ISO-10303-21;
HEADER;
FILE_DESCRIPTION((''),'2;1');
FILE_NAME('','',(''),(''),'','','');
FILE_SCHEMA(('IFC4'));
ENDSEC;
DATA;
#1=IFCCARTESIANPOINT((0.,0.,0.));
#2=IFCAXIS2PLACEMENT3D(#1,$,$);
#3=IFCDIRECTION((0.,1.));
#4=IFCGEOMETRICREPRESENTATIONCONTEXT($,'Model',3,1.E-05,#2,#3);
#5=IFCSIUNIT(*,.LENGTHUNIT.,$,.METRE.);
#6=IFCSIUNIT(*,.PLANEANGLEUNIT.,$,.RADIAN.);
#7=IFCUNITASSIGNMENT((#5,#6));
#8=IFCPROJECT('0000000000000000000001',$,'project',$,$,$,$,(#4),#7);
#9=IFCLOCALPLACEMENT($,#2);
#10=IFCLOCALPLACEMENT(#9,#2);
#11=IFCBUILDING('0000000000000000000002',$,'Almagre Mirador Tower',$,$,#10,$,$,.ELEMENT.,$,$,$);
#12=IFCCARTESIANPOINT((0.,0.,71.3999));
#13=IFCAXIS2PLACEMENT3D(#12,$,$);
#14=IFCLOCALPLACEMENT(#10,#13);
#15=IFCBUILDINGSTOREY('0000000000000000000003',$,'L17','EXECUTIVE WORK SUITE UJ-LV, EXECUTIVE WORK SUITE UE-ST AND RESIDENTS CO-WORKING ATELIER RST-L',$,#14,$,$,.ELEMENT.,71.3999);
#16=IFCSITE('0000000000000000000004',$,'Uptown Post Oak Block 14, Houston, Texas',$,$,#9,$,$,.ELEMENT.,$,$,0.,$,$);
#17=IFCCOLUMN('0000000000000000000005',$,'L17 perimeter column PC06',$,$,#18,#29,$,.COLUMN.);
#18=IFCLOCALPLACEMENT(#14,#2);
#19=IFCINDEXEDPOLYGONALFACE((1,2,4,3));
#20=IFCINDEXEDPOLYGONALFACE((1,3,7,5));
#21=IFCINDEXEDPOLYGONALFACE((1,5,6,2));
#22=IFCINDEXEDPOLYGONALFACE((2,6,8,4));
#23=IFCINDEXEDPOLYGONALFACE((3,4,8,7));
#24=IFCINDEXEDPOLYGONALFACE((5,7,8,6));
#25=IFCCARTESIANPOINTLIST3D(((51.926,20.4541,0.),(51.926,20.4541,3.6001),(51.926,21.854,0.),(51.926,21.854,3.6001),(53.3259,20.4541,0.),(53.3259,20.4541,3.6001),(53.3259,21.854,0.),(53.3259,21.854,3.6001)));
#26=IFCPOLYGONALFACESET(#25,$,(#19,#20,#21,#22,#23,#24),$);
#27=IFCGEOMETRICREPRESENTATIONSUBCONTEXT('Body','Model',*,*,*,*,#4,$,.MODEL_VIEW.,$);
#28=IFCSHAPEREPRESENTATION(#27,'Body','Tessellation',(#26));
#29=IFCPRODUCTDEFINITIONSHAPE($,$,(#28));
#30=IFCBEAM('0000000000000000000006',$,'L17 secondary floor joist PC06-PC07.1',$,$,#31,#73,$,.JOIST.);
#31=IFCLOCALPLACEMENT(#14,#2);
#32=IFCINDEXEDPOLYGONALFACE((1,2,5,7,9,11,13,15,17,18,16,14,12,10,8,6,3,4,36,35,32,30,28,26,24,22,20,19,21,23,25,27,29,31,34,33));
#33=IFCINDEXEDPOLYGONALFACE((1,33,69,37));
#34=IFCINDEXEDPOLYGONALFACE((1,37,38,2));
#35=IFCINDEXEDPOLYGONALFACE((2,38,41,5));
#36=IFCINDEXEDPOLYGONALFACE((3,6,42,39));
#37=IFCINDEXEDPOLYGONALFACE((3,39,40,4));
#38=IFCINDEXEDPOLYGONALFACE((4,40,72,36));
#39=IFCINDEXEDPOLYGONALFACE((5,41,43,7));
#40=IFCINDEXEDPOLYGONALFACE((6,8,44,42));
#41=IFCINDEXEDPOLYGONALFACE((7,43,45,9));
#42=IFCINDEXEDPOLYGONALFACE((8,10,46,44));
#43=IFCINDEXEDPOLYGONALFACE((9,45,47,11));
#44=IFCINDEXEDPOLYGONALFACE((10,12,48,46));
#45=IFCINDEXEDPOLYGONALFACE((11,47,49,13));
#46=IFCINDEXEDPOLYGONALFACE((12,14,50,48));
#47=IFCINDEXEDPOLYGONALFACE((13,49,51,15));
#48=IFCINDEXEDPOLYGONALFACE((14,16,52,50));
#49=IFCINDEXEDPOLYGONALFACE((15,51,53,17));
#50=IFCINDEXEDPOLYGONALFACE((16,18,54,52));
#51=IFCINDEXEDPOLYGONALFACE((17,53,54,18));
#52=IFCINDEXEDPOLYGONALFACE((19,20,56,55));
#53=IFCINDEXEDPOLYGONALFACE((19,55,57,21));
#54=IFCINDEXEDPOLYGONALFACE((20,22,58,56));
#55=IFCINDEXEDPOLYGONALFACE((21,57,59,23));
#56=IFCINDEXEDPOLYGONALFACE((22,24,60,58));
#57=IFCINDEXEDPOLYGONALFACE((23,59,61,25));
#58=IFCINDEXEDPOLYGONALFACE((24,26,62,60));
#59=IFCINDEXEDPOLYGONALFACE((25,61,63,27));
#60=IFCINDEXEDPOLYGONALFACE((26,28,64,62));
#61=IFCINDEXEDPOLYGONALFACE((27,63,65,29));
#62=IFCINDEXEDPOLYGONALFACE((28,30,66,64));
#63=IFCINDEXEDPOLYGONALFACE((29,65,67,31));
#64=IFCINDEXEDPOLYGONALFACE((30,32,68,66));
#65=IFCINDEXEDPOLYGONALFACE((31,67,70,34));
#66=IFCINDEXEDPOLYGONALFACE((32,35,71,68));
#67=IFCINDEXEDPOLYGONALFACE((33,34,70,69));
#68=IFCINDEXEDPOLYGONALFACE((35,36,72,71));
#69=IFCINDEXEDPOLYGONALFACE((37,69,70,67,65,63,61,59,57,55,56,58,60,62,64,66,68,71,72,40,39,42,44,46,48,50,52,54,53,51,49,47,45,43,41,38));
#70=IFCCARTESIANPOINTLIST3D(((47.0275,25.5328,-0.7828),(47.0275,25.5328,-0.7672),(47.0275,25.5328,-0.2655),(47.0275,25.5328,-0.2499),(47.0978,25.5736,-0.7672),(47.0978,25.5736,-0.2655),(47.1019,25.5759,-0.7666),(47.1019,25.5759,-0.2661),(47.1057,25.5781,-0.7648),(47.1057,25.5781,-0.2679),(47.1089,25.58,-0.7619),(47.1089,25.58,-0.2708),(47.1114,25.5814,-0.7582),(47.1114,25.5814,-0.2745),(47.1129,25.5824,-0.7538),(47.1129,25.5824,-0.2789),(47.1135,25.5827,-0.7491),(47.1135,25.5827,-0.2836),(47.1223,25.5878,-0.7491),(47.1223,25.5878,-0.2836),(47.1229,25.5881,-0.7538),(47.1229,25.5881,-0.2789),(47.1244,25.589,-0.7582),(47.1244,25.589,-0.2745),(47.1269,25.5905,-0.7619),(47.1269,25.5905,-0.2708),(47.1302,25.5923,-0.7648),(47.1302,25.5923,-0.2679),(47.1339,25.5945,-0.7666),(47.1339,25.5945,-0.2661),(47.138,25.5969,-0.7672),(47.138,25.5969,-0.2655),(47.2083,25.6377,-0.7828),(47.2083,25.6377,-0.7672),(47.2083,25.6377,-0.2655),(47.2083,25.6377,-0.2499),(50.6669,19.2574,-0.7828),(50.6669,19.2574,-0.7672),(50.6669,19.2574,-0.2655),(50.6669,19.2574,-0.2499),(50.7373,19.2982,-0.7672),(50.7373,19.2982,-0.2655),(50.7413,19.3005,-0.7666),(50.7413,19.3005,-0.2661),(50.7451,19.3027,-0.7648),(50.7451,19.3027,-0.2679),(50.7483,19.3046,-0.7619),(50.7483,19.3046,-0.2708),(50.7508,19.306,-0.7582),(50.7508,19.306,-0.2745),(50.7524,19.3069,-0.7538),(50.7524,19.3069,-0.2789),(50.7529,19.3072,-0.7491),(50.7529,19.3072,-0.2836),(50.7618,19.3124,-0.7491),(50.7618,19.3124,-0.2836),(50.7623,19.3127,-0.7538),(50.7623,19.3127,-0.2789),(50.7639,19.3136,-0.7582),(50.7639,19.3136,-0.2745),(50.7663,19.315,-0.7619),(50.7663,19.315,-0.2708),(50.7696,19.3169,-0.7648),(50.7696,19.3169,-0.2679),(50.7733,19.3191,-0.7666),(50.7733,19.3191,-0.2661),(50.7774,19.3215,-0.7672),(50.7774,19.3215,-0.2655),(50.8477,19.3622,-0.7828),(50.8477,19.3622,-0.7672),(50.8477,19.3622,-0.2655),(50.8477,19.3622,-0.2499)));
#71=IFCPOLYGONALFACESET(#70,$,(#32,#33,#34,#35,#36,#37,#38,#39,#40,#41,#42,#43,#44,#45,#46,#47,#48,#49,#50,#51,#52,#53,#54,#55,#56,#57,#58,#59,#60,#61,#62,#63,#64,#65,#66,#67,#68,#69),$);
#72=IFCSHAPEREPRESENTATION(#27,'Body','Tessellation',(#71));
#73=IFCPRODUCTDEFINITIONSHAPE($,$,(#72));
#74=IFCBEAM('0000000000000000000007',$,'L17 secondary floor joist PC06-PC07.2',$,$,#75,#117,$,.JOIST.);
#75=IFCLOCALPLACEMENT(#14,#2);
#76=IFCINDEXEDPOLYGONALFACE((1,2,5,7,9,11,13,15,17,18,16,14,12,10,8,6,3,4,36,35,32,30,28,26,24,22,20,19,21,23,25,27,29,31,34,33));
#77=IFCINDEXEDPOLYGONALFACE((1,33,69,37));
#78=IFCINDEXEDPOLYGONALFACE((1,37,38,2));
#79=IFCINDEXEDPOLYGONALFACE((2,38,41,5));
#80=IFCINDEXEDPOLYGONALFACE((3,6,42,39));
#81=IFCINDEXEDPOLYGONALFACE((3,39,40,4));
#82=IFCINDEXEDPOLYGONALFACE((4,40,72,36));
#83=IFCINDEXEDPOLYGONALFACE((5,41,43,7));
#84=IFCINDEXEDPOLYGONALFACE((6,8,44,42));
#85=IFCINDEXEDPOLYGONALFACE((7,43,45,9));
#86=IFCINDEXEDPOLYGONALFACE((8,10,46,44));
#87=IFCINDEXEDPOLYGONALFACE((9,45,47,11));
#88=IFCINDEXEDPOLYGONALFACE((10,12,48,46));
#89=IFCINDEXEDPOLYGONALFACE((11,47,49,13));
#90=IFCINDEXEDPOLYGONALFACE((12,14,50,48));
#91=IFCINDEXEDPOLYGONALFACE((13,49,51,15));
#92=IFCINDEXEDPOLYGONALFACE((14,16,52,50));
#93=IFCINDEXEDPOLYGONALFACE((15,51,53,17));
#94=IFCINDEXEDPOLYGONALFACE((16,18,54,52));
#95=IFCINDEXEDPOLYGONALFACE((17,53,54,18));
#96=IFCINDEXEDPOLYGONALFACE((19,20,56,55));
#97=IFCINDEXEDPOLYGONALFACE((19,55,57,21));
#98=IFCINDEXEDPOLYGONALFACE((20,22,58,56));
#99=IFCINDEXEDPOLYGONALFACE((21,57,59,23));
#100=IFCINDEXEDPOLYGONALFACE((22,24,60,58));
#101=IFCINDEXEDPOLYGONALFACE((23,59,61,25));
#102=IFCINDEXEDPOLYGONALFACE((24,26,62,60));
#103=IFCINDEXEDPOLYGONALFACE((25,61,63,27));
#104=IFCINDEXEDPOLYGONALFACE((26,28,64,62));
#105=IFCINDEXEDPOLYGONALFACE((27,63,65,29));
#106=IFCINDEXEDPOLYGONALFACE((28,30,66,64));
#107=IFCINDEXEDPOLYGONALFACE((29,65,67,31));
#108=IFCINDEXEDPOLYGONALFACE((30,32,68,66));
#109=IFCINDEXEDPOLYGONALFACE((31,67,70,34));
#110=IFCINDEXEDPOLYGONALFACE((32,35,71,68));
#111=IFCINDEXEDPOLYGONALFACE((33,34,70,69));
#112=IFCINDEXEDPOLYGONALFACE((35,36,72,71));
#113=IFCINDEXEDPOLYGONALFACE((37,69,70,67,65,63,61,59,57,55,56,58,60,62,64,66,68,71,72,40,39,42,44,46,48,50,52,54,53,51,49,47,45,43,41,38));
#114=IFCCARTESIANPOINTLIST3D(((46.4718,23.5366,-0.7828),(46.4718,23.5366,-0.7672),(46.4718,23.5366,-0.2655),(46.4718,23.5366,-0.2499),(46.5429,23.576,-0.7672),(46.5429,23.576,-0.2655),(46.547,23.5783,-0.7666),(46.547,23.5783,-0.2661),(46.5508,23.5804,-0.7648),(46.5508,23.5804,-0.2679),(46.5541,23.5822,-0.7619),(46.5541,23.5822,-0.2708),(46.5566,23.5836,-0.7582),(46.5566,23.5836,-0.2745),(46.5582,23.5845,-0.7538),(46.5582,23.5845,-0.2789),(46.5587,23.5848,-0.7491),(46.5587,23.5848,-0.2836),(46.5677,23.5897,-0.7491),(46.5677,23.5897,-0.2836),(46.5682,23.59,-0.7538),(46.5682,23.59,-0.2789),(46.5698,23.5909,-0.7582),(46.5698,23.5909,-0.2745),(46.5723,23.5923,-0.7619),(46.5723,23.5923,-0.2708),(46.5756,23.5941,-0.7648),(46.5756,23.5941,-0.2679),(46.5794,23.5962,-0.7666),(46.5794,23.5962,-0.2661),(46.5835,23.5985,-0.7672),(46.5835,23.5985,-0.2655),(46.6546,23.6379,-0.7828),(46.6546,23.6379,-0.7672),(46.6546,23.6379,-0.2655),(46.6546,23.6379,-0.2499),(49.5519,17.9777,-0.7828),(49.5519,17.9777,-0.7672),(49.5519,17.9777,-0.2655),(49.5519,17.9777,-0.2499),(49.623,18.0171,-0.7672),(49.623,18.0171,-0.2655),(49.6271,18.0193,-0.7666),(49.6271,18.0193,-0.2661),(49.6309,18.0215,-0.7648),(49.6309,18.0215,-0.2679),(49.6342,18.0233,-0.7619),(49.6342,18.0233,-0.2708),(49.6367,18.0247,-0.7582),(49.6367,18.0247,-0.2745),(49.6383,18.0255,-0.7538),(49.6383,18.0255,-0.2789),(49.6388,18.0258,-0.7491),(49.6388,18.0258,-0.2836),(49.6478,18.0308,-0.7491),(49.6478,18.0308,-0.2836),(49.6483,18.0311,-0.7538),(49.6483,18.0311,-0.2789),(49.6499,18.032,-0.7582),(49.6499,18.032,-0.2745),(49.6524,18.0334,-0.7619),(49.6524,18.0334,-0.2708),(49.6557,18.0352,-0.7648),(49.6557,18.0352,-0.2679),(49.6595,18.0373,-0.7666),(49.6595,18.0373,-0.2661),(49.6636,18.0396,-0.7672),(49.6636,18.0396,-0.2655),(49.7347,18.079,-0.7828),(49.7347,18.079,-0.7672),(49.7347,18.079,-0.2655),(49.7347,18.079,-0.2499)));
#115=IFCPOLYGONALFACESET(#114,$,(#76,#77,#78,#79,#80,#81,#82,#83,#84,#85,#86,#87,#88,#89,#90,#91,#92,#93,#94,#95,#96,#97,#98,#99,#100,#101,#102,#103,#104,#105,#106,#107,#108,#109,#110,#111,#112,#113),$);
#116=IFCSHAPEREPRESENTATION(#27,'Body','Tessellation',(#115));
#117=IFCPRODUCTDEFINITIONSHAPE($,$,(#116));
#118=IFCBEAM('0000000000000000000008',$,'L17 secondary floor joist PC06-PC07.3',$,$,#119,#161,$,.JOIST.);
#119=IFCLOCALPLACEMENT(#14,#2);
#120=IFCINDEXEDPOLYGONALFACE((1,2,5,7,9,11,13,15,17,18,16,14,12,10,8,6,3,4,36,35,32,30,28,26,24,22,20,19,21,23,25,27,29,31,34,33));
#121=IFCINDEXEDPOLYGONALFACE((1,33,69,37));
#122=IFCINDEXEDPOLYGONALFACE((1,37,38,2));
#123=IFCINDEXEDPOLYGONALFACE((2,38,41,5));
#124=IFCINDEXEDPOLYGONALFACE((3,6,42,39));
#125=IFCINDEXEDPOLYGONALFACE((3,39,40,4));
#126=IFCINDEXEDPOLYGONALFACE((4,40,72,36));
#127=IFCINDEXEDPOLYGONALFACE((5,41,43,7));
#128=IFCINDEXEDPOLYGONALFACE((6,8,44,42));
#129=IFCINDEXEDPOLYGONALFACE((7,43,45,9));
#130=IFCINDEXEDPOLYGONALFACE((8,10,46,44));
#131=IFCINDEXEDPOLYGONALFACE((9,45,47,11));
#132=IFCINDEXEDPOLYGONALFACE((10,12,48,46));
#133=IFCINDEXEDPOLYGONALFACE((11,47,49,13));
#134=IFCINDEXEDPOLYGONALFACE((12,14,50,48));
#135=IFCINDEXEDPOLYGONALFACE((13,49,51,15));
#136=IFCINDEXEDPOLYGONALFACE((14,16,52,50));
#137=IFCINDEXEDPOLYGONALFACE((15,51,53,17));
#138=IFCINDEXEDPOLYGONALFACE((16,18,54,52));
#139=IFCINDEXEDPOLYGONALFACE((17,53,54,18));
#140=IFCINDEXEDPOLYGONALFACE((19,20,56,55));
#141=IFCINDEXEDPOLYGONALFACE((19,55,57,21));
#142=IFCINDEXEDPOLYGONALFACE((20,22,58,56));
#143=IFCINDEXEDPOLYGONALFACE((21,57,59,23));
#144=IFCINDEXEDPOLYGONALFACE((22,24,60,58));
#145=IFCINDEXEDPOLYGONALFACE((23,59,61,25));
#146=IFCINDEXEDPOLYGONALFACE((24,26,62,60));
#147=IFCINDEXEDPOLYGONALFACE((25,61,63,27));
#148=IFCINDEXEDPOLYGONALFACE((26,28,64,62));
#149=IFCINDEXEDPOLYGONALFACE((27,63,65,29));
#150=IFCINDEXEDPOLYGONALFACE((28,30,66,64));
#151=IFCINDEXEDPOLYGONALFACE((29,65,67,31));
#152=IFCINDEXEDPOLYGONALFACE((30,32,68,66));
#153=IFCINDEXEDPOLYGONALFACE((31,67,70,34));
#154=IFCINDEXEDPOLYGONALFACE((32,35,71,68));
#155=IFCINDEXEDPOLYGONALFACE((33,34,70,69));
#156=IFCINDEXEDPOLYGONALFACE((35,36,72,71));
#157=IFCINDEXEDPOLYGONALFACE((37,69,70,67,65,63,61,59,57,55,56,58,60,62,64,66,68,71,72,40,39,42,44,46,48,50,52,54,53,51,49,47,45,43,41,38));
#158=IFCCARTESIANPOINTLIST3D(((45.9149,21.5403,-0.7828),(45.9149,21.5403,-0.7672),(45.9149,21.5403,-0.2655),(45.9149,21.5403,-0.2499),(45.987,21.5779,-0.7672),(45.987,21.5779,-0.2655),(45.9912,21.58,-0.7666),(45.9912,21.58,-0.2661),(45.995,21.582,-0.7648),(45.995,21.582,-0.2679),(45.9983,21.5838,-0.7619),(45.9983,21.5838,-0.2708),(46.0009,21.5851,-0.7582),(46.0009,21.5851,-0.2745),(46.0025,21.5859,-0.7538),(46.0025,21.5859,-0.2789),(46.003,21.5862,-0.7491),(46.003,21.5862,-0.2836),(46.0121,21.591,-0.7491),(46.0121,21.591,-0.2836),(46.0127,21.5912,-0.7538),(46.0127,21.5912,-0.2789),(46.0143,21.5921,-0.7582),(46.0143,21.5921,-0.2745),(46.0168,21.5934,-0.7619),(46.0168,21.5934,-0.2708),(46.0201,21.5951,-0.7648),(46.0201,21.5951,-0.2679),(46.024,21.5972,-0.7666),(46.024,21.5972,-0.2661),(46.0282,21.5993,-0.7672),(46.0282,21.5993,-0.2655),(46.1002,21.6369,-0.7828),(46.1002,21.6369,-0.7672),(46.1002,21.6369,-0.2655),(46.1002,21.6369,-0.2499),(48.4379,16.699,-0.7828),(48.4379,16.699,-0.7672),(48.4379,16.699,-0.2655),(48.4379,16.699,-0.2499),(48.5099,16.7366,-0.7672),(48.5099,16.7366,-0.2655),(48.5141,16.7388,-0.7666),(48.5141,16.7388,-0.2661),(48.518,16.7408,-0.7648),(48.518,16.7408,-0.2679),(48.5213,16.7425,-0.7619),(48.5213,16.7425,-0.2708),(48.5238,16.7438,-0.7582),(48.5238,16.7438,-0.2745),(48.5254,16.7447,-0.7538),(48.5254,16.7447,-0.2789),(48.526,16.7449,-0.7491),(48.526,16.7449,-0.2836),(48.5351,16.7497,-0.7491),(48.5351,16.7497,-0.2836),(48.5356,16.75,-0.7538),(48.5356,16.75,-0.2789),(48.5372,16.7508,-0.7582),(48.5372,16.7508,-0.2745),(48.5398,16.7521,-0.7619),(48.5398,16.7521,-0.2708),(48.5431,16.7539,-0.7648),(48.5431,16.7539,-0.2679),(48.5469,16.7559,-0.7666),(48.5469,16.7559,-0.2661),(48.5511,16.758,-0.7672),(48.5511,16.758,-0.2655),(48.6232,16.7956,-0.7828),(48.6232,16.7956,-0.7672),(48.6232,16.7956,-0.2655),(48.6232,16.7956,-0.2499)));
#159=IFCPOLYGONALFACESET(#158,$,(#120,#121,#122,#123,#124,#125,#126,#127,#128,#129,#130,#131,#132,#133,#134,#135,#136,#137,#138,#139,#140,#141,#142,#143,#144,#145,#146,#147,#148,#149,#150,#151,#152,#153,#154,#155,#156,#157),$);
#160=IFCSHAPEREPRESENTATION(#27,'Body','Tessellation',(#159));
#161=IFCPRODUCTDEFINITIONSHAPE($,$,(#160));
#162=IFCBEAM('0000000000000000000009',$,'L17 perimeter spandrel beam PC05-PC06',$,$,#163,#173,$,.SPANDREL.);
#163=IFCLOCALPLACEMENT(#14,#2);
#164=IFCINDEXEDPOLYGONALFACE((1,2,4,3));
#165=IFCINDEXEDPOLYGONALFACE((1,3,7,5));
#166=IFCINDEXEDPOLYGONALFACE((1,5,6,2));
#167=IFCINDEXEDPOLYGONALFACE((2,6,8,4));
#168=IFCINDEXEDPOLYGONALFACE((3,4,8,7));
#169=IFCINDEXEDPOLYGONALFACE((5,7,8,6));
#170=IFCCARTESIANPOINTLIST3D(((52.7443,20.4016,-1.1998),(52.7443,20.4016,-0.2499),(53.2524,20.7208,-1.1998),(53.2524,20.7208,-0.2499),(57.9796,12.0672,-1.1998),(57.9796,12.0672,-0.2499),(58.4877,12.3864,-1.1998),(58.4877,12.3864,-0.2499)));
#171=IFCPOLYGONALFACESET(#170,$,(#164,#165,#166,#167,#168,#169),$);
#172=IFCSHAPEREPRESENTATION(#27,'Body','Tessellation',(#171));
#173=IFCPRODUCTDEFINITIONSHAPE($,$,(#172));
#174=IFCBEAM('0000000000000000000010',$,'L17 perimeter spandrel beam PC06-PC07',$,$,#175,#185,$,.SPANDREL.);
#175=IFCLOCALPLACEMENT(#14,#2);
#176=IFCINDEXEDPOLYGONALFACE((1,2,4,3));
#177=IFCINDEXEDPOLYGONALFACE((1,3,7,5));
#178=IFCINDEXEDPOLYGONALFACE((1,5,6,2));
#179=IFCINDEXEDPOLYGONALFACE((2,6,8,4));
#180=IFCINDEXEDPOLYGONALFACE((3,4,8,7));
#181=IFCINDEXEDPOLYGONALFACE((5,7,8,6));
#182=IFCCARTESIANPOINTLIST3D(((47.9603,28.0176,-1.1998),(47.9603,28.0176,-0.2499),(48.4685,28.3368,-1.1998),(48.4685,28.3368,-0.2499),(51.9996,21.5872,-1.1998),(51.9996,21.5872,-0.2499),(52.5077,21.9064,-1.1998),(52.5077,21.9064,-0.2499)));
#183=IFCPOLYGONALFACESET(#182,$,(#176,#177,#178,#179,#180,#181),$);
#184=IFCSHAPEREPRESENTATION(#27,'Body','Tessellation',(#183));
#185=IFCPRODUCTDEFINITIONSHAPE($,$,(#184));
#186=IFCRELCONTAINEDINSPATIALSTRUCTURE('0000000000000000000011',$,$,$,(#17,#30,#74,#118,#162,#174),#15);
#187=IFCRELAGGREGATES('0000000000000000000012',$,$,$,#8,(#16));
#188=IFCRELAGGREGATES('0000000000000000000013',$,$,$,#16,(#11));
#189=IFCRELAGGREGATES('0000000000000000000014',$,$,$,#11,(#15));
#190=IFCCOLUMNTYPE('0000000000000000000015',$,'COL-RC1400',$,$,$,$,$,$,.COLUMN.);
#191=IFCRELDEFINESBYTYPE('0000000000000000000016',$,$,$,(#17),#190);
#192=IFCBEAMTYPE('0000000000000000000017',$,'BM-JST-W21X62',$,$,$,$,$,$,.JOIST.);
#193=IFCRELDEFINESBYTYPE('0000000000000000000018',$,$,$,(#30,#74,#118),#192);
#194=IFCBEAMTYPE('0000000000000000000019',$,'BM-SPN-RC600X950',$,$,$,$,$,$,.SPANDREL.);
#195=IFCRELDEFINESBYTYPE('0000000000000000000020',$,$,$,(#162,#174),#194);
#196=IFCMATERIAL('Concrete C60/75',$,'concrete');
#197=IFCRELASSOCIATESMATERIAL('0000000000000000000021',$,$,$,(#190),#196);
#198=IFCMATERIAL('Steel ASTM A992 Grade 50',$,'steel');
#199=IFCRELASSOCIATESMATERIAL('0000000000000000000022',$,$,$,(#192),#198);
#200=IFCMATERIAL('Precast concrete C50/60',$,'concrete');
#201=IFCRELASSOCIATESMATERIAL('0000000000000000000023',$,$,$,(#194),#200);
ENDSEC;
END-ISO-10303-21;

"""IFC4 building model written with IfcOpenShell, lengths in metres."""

from ifc_helpers import new_model, si_unit, direction, frame, origin, origin_2d, place, context, subcontext, project, spatial, rectangle, i_section, extrude, material, material_profile, profile_set, type_object, element, save


model = new_model("IFC4")

# Units and contexts
model_context = context("Model", 3, precision=1e-05, world=origin(), true_north=direction((0.0, 1.0)))
body_context = subcontext(model_context, "Body", "Model", "MODEL_VIEW")
ifc_project = project(units=[si_unit("LENGTHUNIT", "METRE"), si_unit("PLANEANGLEUNIT", "RADIAN")], contexts=[model_context])

# Site, building, storey
site_placement = place(None, origin())
site = spatial("IfcSite", under=ifc_project, at=site_placement, Name="Uptown Post Oak Block 14, Houston, Texas", CompositionType="ELEMENT", RefElevation=0.0)
building_placement = place(site_placement, origin())
building = spatial("IfcBuilding", under=site, at=building_placement, Name="Almagre Mirador Tower", CompositionType="ELEMENT")
storey_placement = place(building_placement, frame((0.0, 0.0, 71.3999)))
storey = spatial("IfcBuildingStorey", under=building, at=storey_placement, Name="L17", Description="EXECUTIVE WORK SUITE UJ-LV, EXECUTIVE WORK SUITE UE-ST AND RESIDENTS CO-WORKING ATELIER RST-L", CompositionType="ELEMENT", Elevation=71.3999)

# Column
ifc_material_1 = material(Name="Concrete C60/75", Category="concrete")
ifc_material_profile_1 = material_profile(ifc_material_1, rectangle(XDim=1.3999, YDim=1.3999, at=origin_2d()), Name="RC1400X1400")
ifc_profile_set_1 = profile_set([ifc_material_profile_1], Name="Concrete C60/75")
column_type = type_object("IfcColumnType", Name="COL-RC1400", PredefinedType="COLUMN", material=ifc_profile_set_1)
column_placement = place(storey_placement, frame((52.626, 21.1541, 0.0), z_axis=(0.0, 0.0, 1.0), x_axis=(1.0, 0.0, 0.0)))
element("IfcColumn", 1, at=column_placement, inside=storey, type_object=column_type, Name="L17 perimeter column PC06", PredefinedType="COLUMN", context=body_context, shape_type="SweptSolid", body=[
    extrude(rectangle(XDim=1.3999, YDim=1.3999, at=origin_2d()), origin(), (0.0, 0.0, 1.0), 3.6001),
])

# Beams
ifc_material_2 = material(Name="Steel ASTM A992 Grade 50", Category="steel")
ifc_material_profile_2 = material_profile(ifc_material_2, i_section(OverallWidth=0.209, OverallDepth=0.533, WebThickness=0.0103, FlangeThickness=0.0156, FilletRadius=0.0181, at=origin_2d()), Name="W21X62")
ifc_profile_set_2 = profile_set([ifc_material_profile_2], Name="Steel ASTM A992 Grade 50")
beam_type_1 = type_object("IfcBeamType", Name="BM-JST-W21X62", PredefinedType="JOIST", material=ifc_profile_set_2)
beam_1_placement = place(storey_placement, frame((50.7573, 19.3098, -0.5164), z_axis=(-0.501685, 0.86505, 0.0), x_axis=(-0.86505, -0.501685, 0.0)))
element("IfcBeam", 2, at=beam_1_placement, inside=storey, type_object=beam_type_1, Name="L17 secondary floor joist PC06-PC07.1", PredefinedType="JOIST", context=body_context, shape_type="SweptSolid", body=[
    extrude(i_section(OverallWidth=0.209, OverallDepth=0.533, WebThickness=0.0103, FlangeThickness=0.0156, FilletRadius=0.0181, at=origin_2d()), origin(), (0.0, 0.0, 1.0), 7.2544),
])
beam_2_placement = place(storey_placement, frame((49.6433, 18.0283, -0.5164), z_axis=(-0.484661, 0.874702, 0.0), x_axis=(-0.874702, -0.484661, 0.0)))
element("IfcBeam", 3, at=beam_2_placement, inside=storey, type_object=beam_type_1, Name="L17 secondary floor joist PC06-PC07.2", PredefinedType="JOIST", context=body_context, shape_type="SweptSolid", body=[
    extrude(i_section(OverallWidth=0.209, OverallDepth=0.533, WebThickness=0.0103, FlangeThickness=0.0156, FilletRadius=0.0181, at=origin_2d()), origin(), (0.0, 0.0, 1.0), 6.3552),
])
beam_3_placement = place(storey_placement, frame((48.5305, 16.7473, -0.5164), z_axis=(-0.462141, 0.886806, 0.0), x_axis=(-0.886806, -0.462141, 0.0)))
element("IfcBeam", 4, at=beam_3_placement, inside=storey, type_object=beam_type_1, Name="L17 secondary floor joist PC06-PC07.3", PredefinedType="JOIST", context=body_context, shape_type="SweptSolid", body=[
    extrude(i_section(OverallWidth=0.209, OverallDepth=0.533, WebThickness=0.0103, FlangeThickness=0.0156, FilletRadius=0.0181, at=origin_2d()), origin(), (0.0, 0.0, 1.0), 5.4592),
])
ifc_material_3 = material(Name="Precast concrete C50/60", Category="concrete")
ifc_material_profile_3 = material_profile(ifc_material_3, rectangle(XDim=0.6001, YDim=0.95, at=origin_2d()), Name="RC600X950")
ifc_profile_set_3 = profile_set([ifc_material_profile_3], Name="Precast concrete C50/60")
beam_type_2 = type_object("IfcBeamType", Name="BM-SPN-RC600X950", PredefinedType="SPANDREL", material=ifc_profile_set_3)
beam_4_placement = place(storey_placement, frame((58.2336, 12.2268, -0.7249), z_axis=(-0.53192, 0.846795, 0.0), x_axis=(-0.846795, -0.53192, 0.0)))
element("IfcBeam", 5, at=beam_4_placement, inside=storey, type_object=beam_type_2, Name="L17 perimeter spandrel beam PC05-PC06", PredefinedType="SPANDREL", context=body_context, shape_type="SweptSolid", body=[
    extrude(rectangle(XDim=0.6001, YDim=0.95, at=origin_2d()), origin(), (0.0, 0.0, 1.0), 9.8423),
])
beam_5_placement = place(storey_placement, frame((52.2537, 21.7468, -0.7249), z_axis=(-0.531919, 0.846795, 0.0), x_axis=(-0.846795, -0.531919, 0.0)))
element("IfcBeam", 6, at=beam_5_placement, inside=storey, type_object=beam_type_2, Name="L17 perimeter spandrel beam PC06-PC07", PredefinedType="SPANDREL", context=body_context, shape_type="SweptSolid", body=[
    extrude(rectangle(XDim=0.6001, YDim=0.95, at=origin_2d()), origin(), (0.0, 0.0, 1.0), 7.5938),
])

save(model, "model.ifc")
